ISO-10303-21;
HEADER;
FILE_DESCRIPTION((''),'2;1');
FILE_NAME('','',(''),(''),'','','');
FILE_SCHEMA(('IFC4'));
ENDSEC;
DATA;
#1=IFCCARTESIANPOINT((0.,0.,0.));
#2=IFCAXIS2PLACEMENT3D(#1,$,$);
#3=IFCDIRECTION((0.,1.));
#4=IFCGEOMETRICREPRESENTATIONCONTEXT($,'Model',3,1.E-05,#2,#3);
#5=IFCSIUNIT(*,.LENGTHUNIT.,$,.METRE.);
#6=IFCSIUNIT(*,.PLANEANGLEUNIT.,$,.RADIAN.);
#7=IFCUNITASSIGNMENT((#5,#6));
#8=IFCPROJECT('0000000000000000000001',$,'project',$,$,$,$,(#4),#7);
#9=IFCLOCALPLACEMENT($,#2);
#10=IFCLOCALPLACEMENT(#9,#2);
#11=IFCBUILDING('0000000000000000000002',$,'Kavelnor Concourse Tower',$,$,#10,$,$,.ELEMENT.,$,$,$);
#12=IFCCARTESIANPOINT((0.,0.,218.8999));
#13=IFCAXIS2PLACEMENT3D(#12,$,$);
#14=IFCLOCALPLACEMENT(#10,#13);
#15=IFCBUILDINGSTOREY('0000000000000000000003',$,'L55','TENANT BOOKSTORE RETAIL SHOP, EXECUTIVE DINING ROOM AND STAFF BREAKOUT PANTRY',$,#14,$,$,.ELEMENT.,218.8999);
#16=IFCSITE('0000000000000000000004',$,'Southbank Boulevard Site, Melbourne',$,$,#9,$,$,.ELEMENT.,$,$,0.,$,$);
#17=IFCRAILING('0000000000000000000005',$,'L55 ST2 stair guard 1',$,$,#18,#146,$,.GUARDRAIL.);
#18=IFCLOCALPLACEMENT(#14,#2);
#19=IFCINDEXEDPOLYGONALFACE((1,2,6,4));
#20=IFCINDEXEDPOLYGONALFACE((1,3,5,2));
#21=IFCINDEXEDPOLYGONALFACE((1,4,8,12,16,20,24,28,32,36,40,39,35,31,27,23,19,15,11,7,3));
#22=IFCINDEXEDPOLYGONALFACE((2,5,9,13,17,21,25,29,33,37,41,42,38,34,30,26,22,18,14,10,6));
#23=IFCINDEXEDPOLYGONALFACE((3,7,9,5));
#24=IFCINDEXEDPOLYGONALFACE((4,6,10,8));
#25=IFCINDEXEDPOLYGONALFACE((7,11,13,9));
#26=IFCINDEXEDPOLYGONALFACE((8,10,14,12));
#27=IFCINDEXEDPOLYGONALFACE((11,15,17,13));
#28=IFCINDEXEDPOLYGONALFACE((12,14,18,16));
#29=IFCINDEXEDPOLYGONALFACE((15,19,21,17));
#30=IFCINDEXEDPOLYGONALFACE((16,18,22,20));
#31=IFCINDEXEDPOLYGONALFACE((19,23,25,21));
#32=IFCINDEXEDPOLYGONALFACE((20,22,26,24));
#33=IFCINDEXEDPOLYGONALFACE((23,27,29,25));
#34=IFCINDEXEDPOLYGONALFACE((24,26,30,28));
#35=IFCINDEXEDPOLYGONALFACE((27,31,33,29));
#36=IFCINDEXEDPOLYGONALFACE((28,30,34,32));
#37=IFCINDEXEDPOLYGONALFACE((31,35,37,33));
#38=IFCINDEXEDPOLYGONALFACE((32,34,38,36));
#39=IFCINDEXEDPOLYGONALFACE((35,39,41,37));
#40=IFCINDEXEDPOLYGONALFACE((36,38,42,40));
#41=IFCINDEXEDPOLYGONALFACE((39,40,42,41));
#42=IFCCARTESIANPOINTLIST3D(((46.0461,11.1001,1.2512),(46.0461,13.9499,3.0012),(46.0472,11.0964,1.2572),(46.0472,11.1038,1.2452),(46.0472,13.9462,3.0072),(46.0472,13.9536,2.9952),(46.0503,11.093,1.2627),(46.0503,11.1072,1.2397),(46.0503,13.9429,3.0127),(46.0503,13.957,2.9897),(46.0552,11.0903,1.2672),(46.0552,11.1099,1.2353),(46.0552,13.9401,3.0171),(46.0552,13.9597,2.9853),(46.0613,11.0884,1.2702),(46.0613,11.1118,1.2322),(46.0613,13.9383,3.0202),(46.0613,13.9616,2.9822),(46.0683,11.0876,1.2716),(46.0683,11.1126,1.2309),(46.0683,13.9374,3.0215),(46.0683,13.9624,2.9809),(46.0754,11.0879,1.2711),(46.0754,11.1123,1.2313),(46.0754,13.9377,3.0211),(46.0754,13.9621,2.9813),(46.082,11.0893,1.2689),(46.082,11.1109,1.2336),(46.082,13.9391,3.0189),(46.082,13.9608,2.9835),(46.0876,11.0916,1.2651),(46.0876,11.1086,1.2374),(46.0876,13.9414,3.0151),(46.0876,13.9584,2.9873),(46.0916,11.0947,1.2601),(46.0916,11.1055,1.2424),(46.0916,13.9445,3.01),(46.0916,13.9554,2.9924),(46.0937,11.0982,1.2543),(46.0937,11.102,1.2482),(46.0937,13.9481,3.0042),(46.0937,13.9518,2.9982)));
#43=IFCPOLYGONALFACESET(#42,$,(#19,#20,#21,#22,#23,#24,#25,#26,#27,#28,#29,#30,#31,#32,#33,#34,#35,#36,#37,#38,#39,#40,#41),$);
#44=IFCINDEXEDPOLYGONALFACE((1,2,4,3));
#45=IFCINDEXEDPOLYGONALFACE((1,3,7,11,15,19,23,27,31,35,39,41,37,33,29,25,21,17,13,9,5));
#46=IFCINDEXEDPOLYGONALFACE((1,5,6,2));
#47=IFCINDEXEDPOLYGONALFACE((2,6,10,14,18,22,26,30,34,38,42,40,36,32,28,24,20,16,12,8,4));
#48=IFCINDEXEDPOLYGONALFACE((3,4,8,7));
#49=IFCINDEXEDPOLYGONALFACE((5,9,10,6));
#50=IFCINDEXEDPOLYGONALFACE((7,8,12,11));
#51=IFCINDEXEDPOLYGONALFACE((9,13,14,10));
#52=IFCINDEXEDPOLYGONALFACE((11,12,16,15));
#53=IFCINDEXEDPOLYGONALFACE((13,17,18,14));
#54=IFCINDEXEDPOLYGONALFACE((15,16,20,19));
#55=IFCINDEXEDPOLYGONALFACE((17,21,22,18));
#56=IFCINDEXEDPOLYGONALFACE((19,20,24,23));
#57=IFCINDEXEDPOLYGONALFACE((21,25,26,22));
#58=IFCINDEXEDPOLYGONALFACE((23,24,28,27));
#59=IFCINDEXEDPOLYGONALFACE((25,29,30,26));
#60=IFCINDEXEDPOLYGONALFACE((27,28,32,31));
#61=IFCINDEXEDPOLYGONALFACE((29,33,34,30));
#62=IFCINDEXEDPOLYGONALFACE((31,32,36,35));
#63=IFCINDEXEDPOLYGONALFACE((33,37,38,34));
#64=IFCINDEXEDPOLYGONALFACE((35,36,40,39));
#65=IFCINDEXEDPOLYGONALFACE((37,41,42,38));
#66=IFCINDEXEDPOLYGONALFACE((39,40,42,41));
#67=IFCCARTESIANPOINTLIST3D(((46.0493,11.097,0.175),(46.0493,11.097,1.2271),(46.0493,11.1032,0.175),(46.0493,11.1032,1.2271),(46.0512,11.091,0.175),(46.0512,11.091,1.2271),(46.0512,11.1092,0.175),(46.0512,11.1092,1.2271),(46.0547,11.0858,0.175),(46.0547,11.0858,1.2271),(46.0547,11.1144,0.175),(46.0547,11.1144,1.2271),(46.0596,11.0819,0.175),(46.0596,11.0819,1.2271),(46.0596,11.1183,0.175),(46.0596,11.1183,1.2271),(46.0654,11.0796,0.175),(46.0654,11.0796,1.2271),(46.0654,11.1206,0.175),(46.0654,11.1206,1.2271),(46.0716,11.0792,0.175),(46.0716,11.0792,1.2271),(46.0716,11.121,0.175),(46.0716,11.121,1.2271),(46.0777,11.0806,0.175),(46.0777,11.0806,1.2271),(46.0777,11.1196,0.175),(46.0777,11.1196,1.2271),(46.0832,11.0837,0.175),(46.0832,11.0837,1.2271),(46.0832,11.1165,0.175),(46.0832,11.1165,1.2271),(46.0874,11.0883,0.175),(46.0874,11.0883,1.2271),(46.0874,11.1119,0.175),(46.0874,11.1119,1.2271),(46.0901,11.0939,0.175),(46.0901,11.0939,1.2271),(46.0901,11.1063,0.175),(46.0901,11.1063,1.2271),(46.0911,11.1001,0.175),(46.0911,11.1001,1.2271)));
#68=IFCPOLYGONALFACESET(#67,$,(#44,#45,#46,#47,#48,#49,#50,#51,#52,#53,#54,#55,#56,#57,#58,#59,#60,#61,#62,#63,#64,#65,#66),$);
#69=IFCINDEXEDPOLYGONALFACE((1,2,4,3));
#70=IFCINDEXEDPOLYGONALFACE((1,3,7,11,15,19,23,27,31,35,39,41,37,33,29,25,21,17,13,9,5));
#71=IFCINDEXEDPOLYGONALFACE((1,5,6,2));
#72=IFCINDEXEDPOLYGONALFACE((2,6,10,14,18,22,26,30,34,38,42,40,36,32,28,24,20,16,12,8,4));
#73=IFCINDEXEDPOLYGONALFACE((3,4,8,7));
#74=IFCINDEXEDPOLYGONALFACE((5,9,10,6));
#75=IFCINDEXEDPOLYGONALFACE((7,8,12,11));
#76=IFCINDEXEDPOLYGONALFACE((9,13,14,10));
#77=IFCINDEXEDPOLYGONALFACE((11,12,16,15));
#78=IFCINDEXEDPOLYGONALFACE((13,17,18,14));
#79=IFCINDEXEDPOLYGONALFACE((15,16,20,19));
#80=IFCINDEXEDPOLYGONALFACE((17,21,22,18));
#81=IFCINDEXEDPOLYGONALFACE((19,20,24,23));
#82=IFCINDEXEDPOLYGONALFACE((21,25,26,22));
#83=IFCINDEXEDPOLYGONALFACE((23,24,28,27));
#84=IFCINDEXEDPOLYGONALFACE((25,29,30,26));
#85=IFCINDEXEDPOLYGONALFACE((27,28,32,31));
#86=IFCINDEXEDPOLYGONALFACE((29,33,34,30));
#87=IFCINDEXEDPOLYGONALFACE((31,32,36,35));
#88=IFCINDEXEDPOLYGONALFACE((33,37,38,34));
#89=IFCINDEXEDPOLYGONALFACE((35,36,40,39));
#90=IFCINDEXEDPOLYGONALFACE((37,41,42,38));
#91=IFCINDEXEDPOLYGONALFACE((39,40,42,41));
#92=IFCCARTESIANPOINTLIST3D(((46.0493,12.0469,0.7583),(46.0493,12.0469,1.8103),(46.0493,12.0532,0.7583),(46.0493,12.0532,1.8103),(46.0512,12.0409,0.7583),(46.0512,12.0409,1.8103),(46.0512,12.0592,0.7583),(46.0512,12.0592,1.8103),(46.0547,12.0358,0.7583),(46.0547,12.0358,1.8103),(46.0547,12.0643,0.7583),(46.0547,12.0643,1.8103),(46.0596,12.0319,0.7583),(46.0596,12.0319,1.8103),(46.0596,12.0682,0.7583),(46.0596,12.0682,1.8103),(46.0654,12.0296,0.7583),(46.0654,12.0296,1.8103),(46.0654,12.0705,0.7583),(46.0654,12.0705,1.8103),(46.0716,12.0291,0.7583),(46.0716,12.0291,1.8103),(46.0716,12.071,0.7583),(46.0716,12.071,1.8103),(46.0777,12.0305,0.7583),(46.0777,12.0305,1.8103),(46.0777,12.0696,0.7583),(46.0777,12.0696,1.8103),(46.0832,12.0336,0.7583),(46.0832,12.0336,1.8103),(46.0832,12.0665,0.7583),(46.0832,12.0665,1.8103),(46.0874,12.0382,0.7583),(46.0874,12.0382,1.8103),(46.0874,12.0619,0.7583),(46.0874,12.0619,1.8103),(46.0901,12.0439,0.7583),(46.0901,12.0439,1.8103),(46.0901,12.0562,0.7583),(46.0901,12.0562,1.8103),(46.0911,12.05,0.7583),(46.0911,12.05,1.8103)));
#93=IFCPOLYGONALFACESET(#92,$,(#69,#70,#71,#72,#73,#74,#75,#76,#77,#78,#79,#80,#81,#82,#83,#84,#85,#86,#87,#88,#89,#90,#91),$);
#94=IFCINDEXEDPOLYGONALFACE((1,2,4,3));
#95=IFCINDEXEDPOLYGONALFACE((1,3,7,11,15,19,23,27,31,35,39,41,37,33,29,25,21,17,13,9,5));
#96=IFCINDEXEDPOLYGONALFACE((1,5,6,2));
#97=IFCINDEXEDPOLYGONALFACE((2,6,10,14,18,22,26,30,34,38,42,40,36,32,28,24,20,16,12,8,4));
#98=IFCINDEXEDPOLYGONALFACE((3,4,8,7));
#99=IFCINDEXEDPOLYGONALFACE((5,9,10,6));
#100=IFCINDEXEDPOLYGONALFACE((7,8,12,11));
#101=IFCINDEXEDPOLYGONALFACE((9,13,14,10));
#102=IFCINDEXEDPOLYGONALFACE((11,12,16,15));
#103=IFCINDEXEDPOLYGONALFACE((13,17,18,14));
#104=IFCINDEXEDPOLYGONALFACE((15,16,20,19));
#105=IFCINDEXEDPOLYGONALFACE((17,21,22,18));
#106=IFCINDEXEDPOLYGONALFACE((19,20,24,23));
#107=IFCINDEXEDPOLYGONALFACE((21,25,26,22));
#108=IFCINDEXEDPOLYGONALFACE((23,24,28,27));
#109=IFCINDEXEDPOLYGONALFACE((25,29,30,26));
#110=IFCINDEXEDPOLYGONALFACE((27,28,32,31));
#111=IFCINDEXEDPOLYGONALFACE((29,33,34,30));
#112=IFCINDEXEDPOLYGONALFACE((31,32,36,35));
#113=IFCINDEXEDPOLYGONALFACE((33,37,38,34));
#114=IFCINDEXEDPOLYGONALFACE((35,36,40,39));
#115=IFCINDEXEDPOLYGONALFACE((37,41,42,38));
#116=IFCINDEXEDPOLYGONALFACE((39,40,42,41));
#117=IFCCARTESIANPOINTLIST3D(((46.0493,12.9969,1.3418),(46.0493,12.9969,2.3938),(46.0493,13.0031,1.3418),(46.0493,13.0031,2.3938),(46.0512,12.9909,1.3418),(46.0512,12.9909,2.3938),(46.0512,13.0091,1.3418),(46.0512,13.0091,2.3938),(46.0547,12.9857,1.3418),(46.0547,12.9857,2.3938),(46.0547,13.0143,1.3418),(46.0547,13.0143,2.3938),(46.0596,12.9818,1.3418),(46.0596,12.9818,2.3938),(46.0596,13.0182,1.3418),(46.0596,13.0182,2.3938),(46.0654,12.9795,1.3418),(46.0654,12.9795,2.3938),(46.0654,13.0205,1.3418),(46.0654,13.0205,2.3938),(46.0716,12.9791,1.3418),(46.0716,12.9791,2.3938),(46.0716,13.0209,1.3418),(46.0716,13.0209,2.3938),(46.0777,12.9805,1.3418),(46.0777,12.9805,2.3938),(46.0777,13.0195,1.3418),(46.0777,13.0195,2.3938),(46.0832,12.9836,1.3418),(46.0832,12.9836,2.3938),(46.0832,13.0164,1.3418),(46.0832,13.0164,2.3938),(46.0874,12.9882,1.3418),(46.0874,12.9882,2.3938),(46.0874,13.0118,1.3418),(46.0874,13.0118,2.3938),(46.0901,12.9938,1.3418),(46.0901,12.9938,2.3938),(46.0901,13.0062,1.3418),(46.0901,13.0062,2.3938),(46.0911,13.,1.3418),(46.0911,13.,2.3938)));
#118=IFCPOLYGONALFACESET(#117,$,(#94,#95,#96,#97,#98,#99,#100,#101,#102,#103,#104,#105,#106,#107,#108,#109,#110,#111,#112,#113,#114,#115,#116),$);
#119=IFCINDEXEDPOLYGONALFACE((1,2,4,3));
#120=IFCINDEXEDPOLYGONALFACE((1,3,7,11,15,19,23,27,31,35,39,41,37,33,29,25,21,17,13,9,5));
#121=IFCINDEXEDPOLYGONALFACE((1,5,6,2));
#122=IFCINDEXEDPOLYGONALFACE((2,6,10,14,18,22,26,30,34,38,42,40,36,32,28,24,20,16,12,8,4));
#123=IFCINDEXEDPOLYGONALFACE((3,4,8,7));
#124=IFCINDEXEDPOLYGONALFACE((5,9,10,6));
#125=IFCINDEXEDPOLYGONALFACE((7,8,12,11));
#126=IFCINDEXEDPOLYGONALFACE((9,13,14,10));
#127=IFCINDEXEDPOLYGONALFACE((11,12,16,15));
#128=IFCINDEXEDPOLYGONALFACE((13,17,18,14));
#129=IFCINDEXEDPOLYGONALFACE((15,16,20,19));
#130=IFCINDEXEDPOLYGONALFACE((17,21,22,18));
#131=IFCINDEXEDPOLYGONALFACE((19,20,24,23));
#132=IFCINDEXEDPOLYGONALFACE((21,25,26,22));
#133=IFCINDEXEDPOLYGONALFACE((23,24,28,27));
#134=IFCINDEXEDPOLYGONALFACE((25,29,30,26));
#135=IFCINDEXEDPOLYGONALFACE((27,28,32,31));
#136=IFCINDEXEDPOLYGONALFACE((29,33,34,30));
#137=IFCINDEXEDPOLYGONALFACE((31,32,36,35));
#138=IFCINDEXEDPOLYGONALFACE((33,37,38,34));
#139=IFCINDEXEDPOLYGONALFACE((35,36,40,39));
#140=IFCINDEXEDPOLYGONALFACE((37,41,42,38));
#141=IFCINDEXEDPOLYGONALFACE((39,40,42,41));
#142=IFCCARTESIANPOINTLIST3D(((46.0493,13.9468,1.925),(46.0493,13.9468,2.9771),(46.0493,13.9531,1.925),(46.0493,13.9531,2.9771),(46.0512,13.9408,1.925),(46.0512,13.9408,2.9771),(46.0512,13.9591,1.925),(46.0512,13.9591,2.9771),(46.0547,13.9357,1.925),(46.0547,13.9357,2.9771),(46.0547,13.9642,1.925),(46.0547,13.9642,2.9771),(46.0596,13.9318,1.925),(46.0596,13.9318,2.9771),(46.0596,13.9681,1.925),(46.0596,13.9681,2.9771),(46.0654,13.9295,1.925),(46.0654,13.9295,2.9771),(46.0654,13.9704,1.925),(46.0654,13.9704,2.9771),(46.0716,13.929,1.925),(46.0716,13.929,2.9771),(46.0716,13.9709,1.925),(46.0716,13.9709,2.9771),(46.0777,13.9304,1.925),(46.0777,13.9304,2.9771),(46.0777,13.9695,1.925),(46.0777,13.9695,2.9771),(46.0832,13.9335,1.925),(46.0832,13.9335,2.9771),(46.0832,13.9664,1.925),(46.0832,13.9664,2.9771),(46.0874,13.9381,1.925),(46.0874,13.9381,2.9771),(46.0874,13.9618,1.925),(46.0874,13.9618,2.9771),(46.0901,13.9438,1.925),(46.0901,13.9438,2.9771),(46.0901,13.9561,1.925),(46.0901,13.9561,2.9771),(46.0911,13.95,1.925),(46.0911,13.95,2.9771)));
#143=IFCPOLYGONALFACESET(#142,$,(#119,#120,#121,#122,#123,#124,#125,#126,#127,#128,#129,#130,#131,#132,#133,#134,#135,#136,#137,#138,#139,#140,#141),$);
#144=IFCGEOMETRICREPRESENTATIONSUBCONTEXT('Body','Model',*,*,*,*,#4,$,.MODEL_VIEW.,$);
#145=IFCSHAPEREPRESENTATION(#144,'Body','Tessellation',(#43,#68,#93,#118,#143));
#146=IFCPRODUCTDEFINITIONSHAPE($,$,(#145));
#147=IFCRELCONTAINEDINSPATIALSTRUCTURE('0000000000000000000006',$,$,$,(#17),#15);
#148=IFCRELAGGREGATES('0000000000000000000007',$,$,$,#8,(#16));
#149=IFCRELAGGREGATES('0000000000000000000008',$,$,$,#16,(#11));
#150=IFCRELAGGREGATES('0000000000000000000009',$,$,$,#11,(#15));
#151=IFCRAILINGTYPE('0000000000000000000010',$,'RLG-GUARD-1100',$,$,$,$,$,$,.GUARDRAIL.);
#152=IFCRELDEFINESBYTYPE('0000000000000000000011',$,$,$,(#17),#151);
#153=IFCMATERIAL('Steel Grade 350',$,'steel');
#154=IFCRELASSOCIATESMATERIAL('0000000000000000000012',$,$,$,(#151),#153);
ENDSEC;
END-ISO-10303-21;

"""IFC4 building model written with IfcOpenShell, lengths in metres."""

from ifc_helpers import new_model, si_unit, direction, frame, origin, origin_2d, place, context, subcontext, project, spatial, circle, extrude, material, type_object, element, save


model = new_model("IFC4")

# Units and contexts
model_context = context("Model", 3, precision=1e-05, world=origin(), true_north=direction((0.0, 1.0)))
body_context = subcontext(model_context, "Body", "Model", "MODEL_VIEW")
ifc_project = project(units=[si_unit("LENGTHUNIT", "METRE"), si_unit("PLANEANGLEUNIT", "RADIAN")], contexts=[model_context])

# Site, building, storey
site_placement = place(None, origin())
site = spatial("IfcSite", under=ifc_project, at=site_placement, Name="Southbank Boulevard Site, Melbourne", CompositionType="ELEMENT", RefElevation=0.0)
building_placement = place(site_placement, origin())
building = spatial("IfcBuilding", under=site, at=building_placement, Name="Kavelnor Concourse Tower", CompositionType="ELEMENT")
storey_placement = place(building_placement, frame((0.0, 0.0, 218.8999)))
storey = spatial("IfcBuildingStorey", under=building, at=storey_placement, Name="L55", Description="TENANT BOOKSTORE RETAIL SHOP, EXECUTIVE DINING ROOM AND STAFF BREAKOUT PANTRY", CompositionType="ELEMENT", Elevation=218.8999)

# Shared definitions
ifc_material_1 = material(Name="Steel Grade 350", Category="steel")

# Railing
railing_type_1 = type_object("IfcRailingType", Name="RLG-GUARD-1100", PredefinedType="GUARDRAIL", material=ifc_material_1)
railing_1_placement = place(storey_placement, frame((46.0701, 11.1001, 0.175)))
element("IfcRailing", 1, at=railing_1_placement, inside=storey, type_object=railing_type_1, Name="L55 ST2 stair guard 1", PredefinedType="GUARDRAIL", context=body_context, shape_type="SweptSolid", body=[
    extrude(circle(Radius=0.0239, at=origin_2d()), frame((0.0, 0.0, 1.0762), z_axis=(0.0, 0.852159, 0.523283), x_axis=(-1.0, 0.0, 0.0)), (0.0, 0.0, 1.0), 3.3442),
    extrude(circle(Radius=0.021, at=origin_2d()), origin(), (0.0, 0.0, 1.0), 1.052),
    extrude(circle(Radius=0.021, at=origin_2d()), frame((0.0, 0.95, 0.5833)), (0.0, 0.0, 1.0), 1.052),
    extrude(circle(Radius=0.021, at=origin_2d()), frame((0.0, 1.8999, 1.1667)), (0.0, 0.0, 1.0), 1.052),
    extrude(circle(Radius=0.021, at=origin_2d()), frame((0.0, 2.8499, 1.75)), (0.0, 0.0, 1.0), 1.052),
])

save(model, "model.ifc")
